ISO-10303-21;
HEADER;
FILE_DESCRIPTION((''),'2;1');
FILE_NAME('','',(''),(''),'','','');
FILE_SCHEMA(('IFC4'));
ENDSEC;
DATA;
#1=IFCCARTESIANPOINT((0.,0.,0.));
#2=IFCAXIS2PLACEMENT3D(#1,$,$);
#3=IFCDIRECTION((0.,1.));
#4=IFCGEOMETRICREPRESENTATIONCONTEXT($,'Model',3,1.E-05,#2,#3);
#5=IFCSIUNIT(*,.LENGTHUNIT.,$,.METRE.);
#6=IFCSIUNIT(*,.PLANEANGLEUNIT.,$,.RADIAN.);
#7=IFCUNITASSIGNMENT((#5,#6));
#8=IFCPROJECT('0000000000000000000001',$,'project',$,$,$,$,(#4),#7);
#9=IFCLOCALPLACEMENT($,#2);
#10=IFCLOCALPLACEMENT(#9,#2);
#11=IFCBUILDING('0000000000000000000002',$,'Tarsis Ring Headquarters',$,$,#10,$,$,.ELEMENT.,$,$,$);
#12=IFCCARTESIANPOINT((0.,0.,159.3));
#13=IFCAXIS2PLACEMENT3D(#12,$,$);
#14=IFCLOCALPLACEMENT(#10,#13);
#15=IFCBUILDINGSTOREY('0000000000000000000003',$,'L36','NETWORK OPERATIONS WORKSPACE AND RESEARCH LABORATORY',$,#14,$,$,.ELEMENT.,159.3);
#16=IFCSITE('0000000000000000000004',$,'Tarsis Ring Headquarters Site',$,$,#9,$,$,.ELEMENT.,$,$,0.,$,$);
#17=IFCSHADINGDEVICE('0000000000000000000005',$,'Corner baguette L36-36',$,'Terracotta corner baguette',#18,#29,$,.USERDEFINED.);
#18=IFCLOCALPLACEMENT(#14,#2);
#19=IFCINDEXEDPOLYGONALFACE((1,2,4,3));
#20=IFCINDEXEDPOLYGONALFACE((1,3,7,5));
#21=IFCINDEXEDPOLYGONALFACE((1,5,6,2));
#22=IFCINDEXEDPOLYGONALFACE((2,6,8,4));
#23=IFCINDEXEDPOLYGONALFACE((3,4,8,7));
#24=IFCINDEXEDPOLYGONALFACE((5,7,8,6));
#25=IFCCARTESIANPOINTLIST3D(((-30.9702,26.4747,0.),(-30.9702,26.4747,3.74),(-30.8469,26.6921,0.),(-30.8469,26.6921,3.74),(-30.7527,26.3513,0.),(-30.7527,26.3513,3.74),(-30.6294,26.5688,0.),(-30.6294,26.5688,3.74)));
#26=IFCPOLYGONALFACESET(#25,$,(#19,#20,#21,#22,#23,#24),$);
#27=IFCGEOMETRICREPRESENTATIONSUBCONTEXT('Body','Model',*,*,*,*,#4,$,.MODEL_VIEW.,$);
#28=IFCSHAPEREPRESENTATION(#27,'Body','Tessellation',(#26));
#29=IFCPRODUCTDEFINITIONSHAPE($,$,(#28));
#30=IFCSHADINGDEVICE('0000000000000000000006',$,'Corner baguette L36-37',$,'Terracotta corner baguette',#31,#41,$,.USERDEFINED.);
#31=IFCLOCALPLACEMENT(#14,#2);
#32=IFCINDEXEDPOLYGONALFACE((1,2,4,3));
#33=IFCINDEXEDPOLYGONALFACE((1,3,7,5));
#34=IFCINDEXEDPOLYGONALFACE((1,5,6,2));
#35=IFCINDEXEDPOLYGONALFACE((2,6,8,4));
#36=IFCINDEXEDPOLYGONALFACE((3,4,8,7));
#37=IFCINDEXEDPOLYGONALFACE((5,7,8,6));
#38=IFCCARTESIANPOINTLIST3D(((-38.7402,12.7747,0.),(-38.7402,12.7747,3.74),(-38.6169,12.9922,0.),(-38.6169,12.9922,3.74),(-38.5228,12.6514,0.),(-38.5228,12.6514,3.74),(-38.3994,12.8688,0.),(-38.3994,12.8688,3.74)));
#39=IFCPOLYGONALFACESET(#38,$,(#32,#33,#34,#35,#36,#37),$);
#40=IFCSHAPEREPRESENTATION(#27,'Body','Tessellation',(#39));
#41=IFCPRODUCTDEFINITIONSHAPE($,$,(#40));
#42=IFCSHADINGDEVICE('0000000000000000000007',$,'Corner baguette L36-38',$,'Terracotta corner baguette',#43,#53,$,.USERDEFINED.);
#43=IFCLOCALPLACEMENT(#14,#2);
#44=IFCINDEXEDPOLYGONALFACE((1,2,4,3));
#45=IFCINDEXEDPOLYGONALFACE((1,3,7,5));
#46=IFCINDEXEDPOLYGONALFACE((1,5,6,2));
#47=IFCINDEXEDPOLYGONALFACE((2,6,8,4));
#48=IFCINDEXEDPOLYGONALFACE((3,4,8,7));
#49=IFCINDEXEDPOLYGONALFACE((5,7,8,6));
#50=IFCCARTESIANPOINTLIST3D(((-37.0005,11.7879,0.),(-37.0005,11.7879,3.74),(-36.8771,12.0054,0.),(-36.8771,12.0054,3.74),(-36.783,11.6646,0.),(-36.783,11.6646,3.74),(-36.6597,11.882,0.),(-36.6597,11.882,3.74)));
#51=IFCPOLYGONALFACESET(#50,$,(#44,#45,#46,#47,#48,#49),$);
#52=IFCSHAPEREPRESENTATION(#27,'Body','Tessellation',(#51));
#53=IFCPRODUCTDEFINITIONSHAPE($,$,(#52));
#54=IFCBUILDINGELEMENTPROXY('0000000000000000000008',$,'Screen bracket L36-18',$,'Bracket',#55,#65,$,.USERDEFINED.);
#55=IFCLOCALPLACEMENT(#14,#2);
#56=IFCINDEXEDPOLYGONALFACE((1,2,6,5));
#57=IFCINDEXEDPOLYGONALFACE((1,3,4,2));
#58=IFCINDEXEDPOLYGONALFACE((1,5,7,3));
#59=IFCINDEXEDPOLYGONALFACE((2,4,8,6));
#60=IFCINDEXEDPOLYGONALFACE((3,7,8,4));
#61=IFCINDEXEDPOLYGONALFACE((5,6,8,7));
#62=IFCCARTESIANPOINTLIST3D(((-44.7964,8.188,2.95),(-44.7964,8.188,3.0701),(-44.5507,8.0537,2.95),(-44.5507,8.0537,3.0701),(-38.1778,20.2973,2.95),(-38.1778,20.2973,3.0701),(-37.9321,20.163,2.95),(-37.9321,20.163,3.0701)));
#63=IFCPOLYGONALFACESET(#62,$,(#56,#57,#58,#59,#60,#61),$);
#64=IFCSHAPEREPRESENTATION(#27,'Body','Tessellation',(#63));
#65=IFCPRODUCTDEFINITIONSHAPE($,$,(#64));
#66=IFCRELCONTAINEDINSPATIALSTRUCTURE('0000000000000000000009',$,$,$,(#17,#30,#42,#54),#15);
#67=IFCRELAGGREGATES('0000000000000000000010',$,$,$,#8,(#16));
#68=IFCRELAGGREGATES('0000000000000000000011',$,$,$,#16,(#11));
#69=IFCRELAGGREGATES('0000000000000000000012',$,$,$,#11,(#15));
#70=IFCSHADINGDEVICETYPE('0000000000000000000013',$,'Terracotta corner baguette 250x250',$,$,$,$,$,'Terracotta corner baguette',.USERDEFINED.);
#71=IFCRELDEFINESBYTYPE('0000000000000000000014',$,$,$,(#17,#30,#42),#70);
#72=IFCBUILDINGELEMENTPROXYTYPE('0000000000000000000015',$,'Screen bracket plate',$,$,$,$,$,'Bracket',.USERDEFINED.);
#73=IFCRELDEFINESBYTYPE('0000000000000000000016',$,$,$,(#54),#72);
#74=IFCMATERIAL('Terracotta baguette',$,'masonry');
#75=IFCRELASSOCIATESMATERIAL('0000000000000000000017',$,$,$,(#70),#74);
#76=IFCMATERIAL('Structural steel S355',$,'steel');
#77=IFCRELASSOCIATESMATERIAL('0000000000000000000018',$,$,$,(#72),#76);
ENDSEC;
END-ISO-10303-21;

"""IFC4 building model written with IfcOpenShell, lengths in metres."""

from ifc_helpers import new_model, si_unit, direction, frame, origin, origin_2d, place, context, subcontext, project, spatial, rectangle, extrude, material, type_object, element, save


model = new_model("IFC4")

# Units and contexts
model_context = context("Model", 3, precision=1e-05, world=origin(), true_north=direction((0.0, 1.0)))
body_context = subcontext(model_context, "Body", "Model", "MODEL_VIEW")
ifc_project = project(units=[si_unit("LENGTHUNIT", "METRE"), si_unit("PLANEANGLEUNIT", "RADIAN")], contexts=[model_context])

# Site, building, storey
site_placement = place(None, origin())
site = spatial("IfcSite", under=ifc_project, at=site_placement, Name="Tarsis Ring Headquarters Site", CompositionType="ELEMENT", RefElevation=0.0)
building_placement = place(site_placement, origin())
building = spatial("IfcBuilding", under=site, at=building_placement, Name="Tarsis Ring Headquarters", CompositionType="ELEMENT")
storey_placement = place(building_placement, frame((0.0, 0.0, 159.3)))
storey = spatial("IfcBuildingStorey", under=building, at=storey_placement, Name="L36", Description="NETWORK OPERATIONS WORKSPACE AND RESEARCH LABORATORY", CompositionType="ELEMENT", Elevation=159.3)

# Shared definitions
ifc_material_1 = material(Name="Structural steel S355", Category="steel")

# Shading devices
ifc_material_2 = material(Name="Terracotta baguette", Category="masonry")
shading_device_type_1 = type_object("IfcShadingDeviceType", Name="Terracotta corner baguette 250x250", ElementType="Terracotta corner baguette", PredefinedType="USERDEFINED", material=ifc_material_2)
for number, where, z_axis, x_axis, name in (
    (1, (-30.7998, 26.5217, 0.0), (0.0, 0.0, 1.0), (-0.86984, 0.493335, 0.0), "Corner baguette L36-36"),
    (2, (-38.5698, 12.8218, 0.0), (0.0, 0.0, 1.0), (-0.493335, -0.86984, 0.0), "Corner baguette L36-37"),
    (3, (-36.8301, 11.835, 0.0), (0.0, 0.0, 1.0), (0.86984, -0.493335, 0.0), "Corner baguette L36-38"),
):
    element("IfcShadingDevice", number, at=place(storey_placement, frame(where, z_axis=z_axis, x_axis=x_axis)), inside=storey, type_object=shading_device_type_1, Name=name, ObjectType="Terracotta corner baguette", PredefinedType="USERDEFINED", context=body_context, shape_type="SweptSolid", body=[
        extrude(rectangle(XDim=0.25, YDim=0.25, at=origin_2d()), origin(), (0.0, 0.0, 1.0), 3.74),
    ])

# Building element proxy
building_element_proxy_type = type_object("IfcBuildingElementProxyType", Name="Screen bracket plate", ElementType="Bracket", PredefinedType="USERDEFINED", material=ifc_material_1)
proxy_placement = place(storey_placement, frame((-41.3643, 14.1755, 2.95), z_axis=(0.0, 0.0, 1.0), x_axis=(-0.479611, -0.877481, 0.0)))
element("IfcBuildingElementProxy", 4, at=proxy_placement, inside=storey, type_object=building_element_proxy_type, Name="Screen bracket L36-18", ObjectType="Bracket", PredefinedType="USERDEFINED", context=body_context, shape_type="SweptSolid", body=[
    extrude(rectangle(XDim=13.8, YDim=0.28, at=origin_2d()), origin(), (0.0, 0.0, 1.0), 0.1201),
])

save(model, "model.ifc")
